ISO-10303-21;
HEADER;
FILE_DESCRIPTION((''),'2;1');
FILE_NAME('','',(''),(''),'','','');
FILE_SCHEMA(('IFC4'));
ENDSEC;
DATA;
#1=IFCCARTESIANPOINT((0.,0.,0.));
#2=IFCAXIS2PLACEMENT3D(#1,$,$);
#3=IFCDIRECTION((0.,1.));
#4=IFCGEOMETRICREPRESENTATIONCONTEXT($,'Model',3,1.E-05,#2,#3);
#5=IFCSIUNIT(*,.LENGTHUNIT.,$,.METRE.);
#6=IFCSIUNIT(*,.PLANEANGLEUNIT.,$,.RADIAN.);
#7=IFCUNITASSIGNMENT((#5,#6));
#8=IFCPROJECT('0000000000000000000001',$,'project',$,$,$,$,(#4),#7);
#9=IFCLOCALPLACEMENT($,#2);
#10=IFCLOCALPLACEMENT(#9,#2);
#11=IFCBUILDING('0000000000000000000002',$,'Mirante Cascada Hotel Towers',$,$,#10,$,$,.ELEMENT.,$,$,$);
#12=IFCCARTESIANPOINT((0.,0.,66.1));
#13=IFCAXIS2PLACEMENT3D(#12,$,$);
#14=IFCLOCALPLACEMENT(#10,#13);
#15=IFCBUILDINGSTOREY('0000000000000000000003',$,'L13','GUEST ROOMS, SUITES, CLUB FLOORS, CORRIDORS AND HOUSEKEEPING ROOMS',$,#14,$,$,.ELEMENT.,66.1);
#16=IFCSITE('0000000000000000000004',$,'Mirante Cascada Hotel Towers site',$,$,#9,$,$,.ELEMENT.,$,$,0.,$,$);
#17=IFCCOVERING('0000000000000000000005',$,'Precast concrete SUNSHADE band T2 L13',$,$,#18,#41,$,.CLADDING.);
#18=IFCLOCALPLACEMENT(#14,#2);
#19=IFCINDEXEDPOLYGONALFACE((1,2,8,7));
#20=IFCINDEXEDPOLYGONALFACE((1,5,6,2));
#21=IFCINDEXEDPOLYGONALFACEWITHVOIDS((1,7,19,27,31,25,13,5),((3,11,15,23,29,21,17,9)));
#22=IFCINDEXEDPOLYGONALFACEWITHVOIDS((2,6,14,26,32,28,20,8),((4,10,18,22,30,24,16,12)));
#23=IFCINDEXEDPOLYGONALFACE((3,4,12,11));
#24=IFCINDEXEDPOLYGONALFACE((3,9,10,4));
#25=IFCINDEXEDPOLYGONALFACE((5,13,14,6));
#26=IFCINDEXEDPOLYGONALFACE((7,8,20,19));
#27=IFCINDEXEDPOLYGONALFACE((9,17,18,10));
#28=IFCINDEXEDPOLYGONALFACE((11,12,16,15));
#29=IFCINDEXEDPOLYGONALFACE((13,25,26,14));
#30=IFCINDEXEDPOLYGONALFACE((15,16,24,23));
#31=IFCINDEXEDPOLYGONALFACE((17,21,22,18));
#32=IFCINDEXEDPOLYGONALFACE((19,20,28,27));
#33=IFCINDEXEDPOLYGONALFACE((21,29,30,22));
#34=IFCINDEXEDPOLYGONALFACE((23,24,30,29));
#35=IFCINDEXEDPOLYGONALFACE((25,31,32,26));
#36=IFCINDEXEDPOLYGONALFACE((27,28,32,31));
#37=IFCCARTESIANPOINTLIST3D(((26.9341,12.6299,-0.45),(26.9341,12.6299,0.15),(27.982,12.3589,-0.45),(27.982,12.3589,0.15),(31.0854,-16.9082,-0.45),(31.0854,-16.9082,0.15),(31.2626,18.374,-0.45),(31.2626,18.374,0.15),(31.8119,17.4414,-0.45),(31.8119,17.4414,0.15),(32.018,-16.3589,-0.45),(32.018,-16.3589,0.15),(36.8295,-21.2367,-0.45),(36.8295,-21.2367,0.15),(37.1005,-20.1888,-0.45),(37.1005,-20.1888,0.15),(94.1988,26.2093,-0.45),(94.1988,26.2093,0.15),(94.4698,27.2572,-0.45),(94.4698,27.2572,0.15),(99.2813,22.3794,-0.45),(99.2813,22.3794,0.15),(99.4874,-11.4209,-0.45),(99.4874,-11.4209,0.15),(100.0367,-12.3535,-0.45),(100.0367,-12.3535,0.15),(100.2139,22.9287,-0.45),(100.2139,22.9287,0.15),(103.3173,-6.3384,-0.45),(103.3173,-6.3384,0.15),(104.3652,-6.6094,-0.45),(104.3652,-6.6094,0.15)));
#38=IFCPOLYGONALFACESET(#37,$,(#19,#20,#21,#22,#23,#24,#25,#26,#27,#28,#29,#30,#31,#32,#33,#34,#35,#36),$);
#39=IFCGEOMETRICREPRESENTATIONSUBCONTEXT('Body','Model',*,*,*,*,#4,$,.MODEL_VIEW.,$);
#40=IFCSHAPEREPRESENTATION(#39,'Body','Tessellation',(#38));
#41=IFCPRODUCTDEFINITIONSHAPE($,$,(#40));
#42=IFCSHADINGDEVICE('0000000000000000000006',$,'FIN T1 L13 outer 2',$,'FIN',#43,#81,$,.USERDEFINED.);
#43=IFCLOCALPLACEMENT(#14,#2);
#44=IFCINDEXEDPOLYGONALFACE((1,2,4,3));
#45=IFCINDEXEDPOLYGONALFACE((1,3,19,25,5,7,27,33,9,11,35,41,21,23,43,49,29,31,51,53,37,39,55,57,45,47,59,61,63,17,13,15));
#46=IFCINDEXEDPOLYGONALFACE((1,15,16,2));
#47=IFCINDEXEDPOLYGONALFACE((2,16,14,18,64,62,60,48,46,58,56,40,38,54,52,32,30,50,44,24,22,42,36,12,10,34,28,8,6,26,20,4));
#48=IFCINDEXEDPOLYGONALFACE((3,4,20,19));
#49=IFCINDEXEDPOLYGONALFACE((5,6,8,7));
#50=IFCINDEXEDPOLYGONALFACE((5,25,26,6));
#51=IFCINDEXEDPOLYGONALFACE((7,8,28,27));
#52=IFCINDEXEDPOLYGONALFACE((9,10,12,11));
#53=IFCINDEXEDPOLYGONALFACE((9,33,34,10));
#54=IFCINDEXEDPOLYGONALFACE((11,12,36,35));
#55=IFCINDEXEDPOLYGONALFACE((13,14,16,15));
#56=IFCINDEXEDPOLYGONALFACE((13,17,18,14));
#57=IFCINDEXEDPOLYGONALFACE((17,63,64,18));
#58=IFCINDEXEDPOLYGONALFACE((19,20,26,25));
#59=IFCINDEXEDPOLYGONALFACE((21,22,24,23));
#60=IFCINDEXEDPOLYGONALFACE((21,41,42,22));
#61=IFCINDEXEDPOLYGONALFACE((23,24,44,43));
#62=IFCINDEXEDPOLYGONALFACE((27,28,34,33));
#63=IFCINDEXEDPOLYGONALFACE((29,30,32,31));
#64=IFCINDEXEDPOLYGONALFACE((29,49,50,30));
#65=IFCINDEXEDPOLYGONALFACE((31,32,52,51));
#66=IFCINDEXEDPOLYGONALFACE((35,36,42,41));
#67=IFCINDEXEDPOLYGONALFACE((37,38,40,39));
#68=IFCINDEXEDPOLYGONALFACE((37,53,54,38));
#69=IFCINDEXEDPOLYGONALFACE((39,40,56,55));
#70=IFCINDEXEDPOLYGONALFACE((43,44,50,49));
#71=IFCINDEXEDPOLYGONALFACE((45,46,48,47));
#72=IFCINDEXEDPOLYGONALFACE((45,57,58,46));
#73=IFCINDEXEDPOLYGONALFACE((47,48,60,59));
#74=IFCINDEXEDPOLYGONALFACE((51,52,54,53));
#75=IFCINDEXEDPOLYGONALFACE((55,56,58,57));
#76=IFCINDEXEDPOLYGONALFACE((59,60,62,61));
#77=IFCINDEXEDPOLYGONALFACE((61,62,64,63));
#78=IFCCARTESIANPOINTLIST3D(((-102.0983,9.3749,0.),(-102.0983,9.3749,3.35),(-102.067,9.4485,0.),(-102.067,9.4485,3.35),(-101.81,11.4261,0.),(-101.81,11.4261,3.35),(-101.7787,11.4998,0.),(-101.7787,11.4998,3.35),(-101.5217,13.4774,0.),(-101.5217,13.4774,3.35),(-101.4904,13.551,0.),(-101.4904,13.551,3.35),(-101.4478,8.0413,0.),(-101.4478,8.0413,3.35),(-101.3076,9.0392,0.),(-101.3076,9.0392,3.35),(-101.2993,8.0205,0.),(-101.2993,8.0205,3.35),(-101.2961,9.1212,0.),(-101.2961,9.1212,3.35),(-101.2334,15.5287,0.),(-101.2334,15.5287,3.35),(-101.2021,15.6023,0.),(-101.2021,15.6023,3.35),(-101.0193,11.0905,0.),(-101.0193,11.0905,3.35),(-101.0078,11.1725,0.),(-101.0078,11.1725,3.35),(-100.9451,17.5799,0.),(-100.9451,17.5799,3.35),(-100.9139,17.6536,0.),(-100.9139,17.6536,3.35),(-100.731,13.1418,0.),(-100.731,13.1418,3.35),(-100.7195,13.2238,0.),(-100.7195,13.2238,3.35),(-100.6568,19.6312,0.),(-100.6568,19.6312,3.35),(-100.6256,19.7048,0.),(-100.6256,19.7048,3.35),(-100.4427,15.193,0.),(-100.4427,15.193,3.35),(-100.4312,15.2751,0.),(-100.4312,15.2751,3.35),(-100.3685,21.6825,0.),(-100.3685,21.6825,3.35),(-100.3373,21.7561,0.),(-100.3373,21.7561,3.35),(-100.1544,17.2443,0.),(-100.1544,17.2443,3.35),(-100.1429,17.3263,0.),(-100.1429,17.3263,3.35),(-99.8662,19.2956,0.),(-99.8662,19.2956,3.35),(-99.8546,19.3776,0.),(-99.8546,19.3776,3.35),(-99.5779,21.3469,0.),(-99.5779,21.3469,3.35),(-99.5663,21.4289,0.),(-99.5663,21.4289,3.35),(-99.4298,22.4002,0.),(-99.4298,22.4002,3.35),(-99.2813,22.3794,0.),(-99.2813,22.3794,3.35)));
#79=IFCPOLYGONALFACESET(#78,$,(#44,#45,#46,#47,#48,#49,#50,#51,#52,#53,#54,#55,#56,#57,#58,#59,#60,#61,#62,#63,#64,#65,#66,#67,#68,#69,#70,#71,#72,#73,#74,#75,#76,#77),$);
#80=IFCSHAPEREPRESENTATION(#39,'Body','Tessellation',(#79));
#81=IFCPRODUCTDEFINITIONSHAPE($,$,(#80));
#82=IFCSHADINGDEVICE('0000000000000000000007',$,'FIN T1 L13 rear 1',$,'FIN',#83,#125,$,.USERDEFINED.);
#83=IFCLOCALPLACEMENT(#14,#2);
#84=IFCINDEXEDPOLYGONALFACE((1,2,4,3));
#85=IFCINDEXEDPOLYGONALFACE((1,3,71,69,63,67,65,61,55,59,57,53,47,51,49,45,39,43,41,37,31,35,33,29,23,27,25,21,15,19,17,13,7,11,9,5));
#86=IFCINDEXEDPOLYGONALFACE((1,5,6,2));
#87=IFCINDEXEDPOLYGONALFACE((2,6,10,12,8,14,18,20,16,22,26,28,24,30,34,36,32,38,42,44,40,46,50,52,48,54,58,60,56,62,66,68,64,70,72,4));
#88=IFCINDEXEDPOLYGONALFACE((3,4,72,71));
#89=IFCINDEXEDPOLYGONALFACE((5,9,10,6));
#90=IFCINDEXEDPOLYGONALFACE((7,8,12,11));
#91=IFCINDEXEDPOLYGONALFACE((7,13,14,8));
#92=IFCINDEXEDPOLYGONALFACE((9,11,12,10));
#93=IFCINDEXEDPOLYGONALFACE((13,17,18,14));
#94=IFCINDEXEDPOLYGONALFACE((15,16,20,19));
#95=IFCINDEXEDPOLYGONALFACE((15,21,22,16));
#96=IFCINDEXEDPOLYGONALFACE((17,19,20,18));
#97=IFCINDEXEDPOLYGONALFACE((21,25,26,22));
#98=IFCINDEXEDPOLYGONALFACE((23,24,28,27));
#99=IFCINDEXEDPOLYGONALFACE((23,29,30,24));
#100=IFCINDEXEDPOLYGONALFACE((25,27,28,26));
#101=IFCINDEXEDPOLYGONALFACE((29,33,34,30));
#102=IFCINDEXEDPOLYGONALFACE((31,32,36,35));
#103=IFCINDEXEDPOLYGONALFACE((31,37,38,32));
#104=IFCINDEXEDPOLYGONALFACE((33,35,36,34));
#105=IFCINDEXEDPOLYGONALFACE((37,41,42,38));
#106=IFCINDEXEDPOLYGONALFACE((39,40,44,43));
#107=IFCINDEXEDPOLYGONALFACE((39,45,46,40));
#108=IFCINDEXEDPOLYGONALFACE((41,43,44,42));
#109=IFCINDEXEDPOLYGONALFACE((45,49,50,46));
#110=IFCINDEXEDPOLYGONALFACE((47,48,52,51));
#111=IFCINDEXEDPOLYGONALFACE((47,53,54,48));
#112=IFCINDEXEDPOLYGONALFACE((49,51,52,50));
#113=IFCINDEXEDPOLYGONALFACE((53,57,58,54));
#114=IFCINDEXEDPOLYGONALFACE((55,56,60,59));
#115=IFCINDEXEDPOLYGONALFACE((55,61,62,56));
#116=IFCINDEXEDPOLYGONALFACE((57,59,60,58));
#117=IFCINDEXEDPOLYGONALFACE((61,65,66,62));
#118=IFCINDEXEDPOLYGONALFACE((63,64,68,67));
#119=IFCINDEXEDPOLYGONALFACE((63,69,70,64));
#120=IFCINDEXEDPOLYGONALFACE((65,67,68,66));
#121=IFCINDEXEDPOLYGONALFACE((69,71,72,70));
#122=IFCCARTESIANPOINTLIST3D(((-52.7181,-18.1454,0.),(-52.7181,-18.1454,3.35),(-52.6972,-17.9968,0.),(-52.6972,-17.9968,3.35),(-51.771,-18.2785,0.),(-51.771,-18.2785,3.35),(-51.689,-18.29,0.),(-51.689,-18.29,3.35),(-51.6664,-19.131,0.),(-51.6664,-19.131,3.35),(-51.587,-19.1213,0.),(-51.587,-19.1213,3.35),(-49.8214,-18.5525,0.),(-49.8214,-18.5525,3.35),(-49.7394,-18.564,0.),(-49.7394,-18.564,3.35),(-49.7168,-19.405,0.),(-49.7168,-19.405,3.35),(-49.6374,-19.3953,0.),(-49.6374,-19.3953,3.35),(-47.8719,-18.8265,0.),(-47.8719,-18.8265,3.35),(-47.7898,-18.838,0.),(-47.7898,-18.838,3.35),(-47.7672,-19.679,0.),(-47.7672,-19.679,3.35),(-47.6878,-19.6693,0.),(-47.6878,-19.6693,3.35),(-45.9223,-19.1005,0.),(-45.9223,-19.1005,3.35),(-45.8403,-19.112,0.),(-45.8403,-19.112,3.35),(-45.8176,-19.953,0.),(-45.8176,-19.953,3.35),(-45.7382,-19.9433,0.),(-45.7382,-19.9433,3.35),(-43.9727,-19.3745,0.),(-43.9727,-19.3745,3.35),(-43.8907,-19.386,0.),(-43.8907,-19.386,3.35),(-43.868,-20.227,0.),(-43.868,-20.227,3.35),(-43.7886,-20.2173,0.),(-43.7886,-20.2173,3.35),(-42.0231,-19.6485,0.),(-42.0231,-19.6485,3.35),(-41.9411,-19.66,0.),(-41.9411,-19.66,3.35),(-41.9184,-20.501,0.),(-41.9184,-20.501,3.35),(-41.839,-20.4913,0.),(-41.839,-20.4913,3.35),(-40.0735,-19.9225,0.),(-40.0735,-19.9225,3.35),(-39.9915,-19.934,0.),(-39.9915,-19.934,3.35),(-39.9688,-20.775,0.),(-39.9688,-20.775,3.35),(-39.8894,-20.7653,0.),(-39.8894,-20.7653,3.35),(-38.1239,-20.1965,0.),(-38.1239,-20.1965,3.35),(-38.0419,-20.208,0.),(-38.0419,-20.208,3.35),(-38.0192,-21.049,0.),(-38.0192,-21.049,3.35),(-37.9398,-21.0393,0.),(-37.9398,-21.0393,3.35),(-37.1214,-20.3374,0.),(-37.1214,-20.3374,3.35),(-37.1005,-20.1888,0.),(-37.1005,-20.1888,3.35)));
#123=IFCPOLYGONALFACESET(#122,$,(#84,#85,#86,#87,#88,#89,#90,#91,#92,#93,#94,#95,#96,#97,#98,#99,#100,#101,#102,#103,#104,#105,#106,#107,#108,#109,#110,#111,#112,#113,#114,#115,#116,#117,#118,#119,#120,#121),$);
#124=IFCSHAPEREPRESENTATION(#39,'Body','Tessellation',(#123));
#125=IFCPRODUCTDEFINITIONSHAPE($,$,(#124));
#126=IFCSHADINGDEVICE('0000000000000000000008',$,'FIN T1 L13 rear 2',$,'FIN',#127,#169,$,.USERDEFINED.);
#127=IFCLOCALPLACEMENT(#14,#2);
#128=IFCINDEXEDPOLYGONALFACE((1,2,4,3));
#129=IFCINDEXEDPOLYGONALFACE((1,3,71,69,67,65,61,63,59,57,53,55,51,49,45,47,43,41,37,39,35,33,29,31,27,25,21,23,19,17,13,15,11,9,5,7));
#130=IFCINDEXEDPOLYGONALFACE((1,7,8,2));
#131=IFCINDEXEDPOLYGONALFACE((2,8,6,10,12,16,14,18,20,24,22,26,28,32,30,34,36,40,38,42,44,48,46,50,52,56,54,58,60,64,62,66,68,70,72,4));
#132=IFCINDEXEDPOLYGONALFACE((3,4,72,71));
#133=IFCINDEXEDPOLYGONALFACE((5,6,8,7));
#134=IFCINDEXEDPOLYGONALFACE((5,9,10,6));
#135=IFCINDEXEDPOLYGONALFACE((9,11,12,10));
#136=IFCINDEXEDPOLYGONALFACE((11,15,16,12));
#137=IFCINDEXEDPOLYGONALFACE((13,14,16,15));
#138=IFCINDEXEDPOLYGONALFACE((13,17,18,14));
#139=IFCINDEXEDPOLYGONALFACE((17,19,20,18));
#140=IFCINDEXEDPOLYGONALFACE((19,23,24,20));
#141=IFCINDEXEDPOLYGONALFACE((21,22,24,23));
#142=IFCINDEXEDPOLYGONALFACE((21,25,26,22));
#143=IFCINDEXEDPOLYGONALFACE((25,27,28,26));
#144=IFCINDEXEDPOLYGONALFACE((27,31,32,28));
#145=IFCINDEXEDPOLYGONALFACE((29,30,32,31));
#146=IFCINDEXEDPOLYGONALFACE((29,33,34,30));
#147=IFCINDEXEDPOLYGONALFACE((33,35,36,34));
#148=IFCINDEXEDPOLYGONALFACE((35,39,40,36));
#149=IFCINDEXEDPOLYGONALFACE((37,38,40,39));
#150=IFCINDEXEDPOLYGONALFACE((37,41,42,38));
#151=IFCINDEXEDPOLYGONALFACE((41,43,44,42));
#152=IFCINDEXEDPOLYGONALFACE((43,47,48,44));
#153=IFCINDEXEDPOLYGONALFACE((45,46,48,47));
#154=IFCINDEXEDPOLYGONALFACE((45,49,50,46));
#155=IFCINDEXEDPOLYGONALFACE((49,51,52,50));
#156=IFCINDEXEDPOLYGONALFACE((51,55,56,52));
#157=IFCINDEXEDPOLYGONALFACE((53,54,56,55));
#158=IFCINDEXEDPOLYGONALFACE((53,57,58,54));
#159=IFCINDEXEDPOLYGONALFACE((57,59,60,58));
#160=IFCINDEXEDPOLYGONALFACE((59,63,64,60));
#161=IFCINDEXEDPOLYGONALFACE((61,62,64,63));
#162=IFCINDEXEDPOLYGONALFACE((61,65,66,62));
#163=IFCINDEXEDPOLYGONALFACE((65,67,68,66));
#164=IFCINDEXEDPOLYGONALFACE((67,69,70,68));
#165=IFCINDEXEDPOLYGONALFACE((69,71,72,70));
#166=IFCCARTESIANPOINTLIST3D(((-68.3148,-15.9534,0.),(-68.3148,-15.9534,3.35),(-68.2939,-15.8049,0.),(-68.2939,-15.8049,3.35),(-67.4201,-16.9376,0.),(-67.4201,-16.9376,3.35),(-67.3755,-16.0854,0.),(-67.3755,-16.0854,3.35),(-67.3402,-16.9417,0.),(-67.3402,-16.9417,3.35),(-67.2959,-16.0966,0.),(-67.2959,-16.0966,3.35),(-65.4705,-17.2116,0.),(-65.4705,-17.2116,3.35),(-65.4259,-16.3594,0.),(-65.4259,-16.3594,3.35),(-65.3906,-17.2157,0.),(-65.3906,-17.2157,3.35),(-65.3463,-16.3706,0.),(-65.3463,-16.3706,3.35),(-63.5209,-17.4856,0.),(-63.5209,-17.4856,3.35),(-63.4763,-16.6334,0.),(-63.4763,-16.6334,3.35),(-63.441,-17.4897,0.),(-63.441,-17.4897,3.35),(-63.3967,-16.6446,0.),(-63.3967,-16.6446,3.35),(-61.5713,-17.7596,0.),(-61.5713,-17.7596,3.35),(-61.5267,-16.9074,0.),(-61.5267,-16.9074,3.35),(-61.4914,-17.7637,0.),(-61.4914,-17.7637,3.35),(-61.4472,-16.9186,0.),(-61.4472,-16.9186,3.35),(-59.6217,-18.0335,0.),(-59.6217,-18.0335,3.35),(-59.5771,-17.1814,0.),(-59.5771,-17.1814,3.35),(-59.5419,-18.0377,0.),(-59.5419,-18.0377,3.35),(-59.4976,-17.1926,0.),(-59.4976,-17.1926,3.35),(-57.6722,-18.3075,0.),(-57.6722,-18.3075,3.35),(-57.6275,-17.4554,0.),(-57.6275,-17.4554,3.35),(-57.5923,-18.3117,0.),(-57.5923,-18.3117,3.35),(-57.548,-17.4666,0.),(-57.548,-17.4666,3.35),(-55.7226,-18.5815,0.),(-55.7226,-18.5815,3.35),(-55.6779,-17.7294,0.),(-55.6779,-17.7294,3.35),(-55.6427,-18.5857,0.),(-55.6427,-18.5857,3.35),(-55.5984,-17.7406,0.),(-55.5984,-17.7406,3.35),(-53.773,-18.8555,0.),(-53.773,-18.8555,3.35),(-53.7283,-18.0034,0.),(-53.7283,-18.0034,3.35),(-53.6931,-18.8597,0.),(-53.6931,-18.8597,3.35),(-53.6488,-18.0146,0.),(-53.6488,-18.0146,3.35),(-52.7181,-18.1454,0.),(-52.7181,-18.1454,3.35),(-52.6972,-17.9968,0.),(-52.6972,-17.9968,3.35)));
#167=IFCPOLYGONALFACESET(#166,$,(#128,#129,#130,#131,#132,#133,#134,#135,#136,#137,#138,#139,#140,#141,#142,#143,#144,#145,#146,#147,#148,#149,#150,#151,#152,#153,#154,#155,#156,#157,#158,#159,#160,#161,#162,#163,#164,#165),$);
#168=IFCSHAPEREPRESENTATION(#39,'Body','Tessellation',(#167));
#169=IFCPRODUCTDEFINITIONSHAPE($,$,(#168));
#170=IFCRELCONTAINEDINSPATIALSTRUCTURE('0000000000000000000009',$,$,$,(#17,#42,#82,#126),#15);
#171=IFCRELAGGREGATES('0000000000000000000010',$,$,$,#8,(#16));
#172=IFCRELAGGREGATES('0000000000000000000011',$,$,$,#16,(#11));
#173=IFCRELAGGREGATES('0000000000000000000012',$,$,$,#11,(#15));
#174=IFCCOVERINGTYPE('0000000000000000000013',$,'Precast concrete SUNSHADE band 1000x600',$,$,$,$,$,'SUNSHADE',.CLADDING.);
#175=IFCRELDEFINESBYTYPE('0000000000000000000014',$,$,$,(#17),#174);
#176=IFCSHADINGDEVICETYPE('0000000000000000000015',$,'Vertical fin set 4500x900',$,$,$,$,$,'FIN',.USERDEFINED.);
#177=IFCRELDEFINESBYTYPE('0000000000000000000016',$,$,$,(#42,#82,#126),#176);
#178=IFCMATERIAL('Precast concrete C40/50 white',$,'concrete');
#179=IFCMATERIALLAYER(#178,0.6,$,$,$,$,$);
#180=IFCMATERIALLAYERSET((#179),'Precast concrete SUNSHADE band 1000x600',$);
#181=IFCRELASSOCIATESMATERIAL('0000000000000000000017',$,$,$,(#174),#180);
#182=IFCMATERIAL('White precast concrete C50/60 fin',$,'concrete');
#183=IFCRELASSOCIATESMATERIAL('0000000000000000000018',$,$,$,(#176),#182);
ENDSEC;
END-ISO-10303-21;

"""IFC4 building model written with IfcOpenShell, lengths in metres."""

from ifc_helpers import new_model, si_unit, direction, frame, origin, place, context, subcontext, project, spatial, polyline, outline, extrude, material, layer, layer_set, type_object, element, save


model = new_model("IFC4")

# Units and contexts
model_context = context("Model", 3, precision=1e-05, world=origin(), true_north=direction((0.0, 1.0)))
body_context = subcontext(model_context, "Body", "Model", "MODEL_VIEW")
ifc_project = project(units=[si_unit("LENGTHUNIT", "METRE"), si_unit("PLANEANGLEUNIT", "RADIAN")], contexts=[model_context])

# Site, building, storey
site_placement = place(None, origin())
site = spatial("IfcSite", under=ifc_project, at=site_placement, Name="Mirante Cascada Hotel Towers site", CompositionType="ELEMENT", RefElevation=0.0)
building_placement = place(site_placement, origin())
building = spatial("IfcBuilding", under=site, at=building_placement, Name="Mirante Cascada Hotel Towers", CompositionType="ELEMENT")
storey_placement = place(building_placement, frame((0.0, 0.0, 66.1)))
storey = spatial("IfcBuildingStorey", under=building, at=storey_placement, Name="L13", Description="GUEST ROOMS, SUITES, CLUB FLOORS, CORRIDORS AND HOUSEKEEPING ROOMS", CompositionType="ELEMENT", Elevation=66.1)

# Covering
ifc_material_1 = material(Name="Precast concrete C40/50 white", Category="concrete")
ifc_layer_1 = layer(ifc_material_1, 0.6)
ifc_layer_set_1 = layer_set([ifc_layer_1], Name="Precast concrete SUNSHADE band 1000x600")
covering_type = type_object("IfcCoveringType", Name="Precast concrete SUNSHADE band 1000x600", ElementType="SUNSHADE", PredefinedType="CLADDING", material=ifc_layer_set_1)
covering_placement = place(storey_placement, frame((0.0, 0.0, -0.45)))
element("IfcCovering", 1, at=covering_placement, inside=storey, type_object=covering_type, Name="Precast concrete SUNSHADE band T2 L13", PredefinedType="CLADDING", context=body_context, shape_type="SweptSolid", body=[
    extrude(outline(polyline([(26.9341, 12.6299), (31.2626, 18.374), (94.4698, 27.2572), (100.2139, 22.9287), (104.3652, -6.6094), (100.0367, -12.3535), (36.8295, -21.2367), (31.0854, -16.9082), (26.9341, 12.6299)]), holes=[polyline([(103.3173, -6.3384), (99.2813, 22.3794), (94.1988, 26.2093), (31.8119, 17.4414), (27.982, 12.3589), (32.018, -16.3589), (37.1005, -20.1888), (99.4874, -11.4209), (103.3173, -6.3384)])]), origin(), (0.0, 0.0, 1.0), 0.6),
])

# Shading devices
ifc_material_2 = material(Name="White precast concrete C50/60 fin", Category="concrete")
shading_device_type = type_object("IfcShadingDeviceType", Name="Vertical fin set 4500x900", ElementType="FIN", PredefinedType="USERDEFINED", material=ifc_material_2)
shading_device_1_placement = place(storey_placement, origin())
element("IfcShadingDevice", 2, at=shading_device_1_placement, inside=storey, type_object=shading_device_type, Name="FIN T1 L13 outer 2", ObjectType="FIN", PredefinedType="USERDEFINED", context=body_context, shape_type="SweptSolid", body=[
    extrude(outline(polyline([(-101.2961, 9.1212), (-101.0193, 11.0905), (-101.81, 11.4261), (-101.7787, 11.4998), (-101.0078, 11.1725), (-100.731, 13.1418), (-101.5217, 13.4774), (-101.4904, 13.551), (-100.7195, 13.2238), (-100.4427, 15.193), (-101.2334, 15.5287), (-101.2021, 15.6023), (-100.4312, 15.2751), (-100.1544, 17.2443), (-100.9451, 17.5799), (-100.9139, 17.6536), (-100.1429, 17.3263), (-99.8662, 19.2956), (-100.6568, 19.6312), (-100.6256, 19.7048), (-99.8546, 19.3776), (-99.5779, 21.3469), (-100.3685, 21.6825), (-100.3373, 21.7561), (-99.5663, 21.4289), (-99.4298, 22.4002), (-99.2813, 22.3794), (-101.2993, 8.0205), (-101.4478, 8.0413), (-101.3076, 9.0392), (-102.0983, 9.3749), (-102.067, 9.4485), (-101.2961, 9.1212)])), origin(), (0.0, 0.0, 1.0), 3.35),
])
shading_device_2_placement = place(storey_placement, origin())
element("IfcShadingDevice", 3, at=shading_device_2_placement, inside=storey, type_object=shading_device_type, Name="FIN T1 L13 rear 1", ObjectType="FIN", PredefinedType="USERDEFINED", context=body_context, shape_type="SweptSolid", body=[
    extrude(outline(polyline([(-38.1239, -20.1965), (-39.9915, -19.934), (-39.8894, -20.7653), (-39.9688, -20.775), (-40.0735, -19.9225), (-41.9411, -19.66), (-41.839, -20.4913), (-41.9184, -20.501), (-42.0231, -19.6485), (-43.8907, -19.386), (-43.7886, -20.2173), (-43.868, -20.227), (-43.9727, -19.3745), (-45.8403, -19.112), (-45.7382, -19.9433), (-45.8176, -19.953), (-45.9223, -19.1005), (-47.7898, -18.838), (-47.6878, -19.6693), (-47.7672, -19.679), (-47.8719, -18.8265), (-49.7394, -18.564), (-49.6374, -19.3953), (-49.7168, -19.405), (-49.8214, -18.5525), (-51.689, -18.29), (-51.587, -19.1213), (-51.6664, -19.131), (-51.771, -18.2785), (-52.7181, -18.1454), (-52.6972, -17.9968), (-37.1005, -20.1888), (-37.1214, -20.3374), (-38.0419, -20.208), (-37.9398, -21.0393), (-38.0192, -21.049), (-38.1239, -20.1965)])), origin(), (0.0, 0.0, 1.0), 3.35),
])
shading_device_3_placement = place(storey_placement, origin())
element("IfcShadingDevice", 4, at=shading_device_3_placement, inside=storey, type_object=shading_device_type, Name="FIN T1 L13 rear 2", ObjectType="FIN", PredefinedType="USERDEFINED", context=body_context, shape_type="SweptSolid", body=[
    extrude(outline(polyline([(-53.7283, -18.0034), (-55.5984, -17.7406), (-55.6427, -18.5857), (-55.7226, -18.5815), (-55.6779, -17.7294), (-57.548, -17.4666), (-57.5923, -18.3117), (-57.6722, -18.3075), (-57.6275, -17.4554), (-59.4976, -17.1926), (-59.5419, -18.0377), (-59.6217, -18.0335), (-59.5771, -17.1814), (-61.4472, -16.9186), (-61.4914, -17.7637), (-61.5713, -17.7596), (-61.5267, -16.9074), (-63.3967, -16.6446), (-63.441, -17.4897), (-63.5209, -17.4856), (-63.4763, -16.6334), (-65.3463, -16.3706), (-65.3906, -17.2157), (-65.4705, -17.2116), (-65.4259, -16.3594), (-67.2959, -16.0966), (-67.3402, -16.9417), (-67.4201, -16.9376), (-67.3755, -16.0854), (-68.3148, -15.9534), (-68.2939, -15.8049), (-52.6972, -17.9968), (-52.7181, -18.1454), (-53.6488, -18.0146), (-53.6931, -18.8597), (-53.773, -18.8555), (-53.7283, -18.0034)])), origin(), (0.0, 0.0, 1.0), 3.35),
])

save(model, "model.ifc")
